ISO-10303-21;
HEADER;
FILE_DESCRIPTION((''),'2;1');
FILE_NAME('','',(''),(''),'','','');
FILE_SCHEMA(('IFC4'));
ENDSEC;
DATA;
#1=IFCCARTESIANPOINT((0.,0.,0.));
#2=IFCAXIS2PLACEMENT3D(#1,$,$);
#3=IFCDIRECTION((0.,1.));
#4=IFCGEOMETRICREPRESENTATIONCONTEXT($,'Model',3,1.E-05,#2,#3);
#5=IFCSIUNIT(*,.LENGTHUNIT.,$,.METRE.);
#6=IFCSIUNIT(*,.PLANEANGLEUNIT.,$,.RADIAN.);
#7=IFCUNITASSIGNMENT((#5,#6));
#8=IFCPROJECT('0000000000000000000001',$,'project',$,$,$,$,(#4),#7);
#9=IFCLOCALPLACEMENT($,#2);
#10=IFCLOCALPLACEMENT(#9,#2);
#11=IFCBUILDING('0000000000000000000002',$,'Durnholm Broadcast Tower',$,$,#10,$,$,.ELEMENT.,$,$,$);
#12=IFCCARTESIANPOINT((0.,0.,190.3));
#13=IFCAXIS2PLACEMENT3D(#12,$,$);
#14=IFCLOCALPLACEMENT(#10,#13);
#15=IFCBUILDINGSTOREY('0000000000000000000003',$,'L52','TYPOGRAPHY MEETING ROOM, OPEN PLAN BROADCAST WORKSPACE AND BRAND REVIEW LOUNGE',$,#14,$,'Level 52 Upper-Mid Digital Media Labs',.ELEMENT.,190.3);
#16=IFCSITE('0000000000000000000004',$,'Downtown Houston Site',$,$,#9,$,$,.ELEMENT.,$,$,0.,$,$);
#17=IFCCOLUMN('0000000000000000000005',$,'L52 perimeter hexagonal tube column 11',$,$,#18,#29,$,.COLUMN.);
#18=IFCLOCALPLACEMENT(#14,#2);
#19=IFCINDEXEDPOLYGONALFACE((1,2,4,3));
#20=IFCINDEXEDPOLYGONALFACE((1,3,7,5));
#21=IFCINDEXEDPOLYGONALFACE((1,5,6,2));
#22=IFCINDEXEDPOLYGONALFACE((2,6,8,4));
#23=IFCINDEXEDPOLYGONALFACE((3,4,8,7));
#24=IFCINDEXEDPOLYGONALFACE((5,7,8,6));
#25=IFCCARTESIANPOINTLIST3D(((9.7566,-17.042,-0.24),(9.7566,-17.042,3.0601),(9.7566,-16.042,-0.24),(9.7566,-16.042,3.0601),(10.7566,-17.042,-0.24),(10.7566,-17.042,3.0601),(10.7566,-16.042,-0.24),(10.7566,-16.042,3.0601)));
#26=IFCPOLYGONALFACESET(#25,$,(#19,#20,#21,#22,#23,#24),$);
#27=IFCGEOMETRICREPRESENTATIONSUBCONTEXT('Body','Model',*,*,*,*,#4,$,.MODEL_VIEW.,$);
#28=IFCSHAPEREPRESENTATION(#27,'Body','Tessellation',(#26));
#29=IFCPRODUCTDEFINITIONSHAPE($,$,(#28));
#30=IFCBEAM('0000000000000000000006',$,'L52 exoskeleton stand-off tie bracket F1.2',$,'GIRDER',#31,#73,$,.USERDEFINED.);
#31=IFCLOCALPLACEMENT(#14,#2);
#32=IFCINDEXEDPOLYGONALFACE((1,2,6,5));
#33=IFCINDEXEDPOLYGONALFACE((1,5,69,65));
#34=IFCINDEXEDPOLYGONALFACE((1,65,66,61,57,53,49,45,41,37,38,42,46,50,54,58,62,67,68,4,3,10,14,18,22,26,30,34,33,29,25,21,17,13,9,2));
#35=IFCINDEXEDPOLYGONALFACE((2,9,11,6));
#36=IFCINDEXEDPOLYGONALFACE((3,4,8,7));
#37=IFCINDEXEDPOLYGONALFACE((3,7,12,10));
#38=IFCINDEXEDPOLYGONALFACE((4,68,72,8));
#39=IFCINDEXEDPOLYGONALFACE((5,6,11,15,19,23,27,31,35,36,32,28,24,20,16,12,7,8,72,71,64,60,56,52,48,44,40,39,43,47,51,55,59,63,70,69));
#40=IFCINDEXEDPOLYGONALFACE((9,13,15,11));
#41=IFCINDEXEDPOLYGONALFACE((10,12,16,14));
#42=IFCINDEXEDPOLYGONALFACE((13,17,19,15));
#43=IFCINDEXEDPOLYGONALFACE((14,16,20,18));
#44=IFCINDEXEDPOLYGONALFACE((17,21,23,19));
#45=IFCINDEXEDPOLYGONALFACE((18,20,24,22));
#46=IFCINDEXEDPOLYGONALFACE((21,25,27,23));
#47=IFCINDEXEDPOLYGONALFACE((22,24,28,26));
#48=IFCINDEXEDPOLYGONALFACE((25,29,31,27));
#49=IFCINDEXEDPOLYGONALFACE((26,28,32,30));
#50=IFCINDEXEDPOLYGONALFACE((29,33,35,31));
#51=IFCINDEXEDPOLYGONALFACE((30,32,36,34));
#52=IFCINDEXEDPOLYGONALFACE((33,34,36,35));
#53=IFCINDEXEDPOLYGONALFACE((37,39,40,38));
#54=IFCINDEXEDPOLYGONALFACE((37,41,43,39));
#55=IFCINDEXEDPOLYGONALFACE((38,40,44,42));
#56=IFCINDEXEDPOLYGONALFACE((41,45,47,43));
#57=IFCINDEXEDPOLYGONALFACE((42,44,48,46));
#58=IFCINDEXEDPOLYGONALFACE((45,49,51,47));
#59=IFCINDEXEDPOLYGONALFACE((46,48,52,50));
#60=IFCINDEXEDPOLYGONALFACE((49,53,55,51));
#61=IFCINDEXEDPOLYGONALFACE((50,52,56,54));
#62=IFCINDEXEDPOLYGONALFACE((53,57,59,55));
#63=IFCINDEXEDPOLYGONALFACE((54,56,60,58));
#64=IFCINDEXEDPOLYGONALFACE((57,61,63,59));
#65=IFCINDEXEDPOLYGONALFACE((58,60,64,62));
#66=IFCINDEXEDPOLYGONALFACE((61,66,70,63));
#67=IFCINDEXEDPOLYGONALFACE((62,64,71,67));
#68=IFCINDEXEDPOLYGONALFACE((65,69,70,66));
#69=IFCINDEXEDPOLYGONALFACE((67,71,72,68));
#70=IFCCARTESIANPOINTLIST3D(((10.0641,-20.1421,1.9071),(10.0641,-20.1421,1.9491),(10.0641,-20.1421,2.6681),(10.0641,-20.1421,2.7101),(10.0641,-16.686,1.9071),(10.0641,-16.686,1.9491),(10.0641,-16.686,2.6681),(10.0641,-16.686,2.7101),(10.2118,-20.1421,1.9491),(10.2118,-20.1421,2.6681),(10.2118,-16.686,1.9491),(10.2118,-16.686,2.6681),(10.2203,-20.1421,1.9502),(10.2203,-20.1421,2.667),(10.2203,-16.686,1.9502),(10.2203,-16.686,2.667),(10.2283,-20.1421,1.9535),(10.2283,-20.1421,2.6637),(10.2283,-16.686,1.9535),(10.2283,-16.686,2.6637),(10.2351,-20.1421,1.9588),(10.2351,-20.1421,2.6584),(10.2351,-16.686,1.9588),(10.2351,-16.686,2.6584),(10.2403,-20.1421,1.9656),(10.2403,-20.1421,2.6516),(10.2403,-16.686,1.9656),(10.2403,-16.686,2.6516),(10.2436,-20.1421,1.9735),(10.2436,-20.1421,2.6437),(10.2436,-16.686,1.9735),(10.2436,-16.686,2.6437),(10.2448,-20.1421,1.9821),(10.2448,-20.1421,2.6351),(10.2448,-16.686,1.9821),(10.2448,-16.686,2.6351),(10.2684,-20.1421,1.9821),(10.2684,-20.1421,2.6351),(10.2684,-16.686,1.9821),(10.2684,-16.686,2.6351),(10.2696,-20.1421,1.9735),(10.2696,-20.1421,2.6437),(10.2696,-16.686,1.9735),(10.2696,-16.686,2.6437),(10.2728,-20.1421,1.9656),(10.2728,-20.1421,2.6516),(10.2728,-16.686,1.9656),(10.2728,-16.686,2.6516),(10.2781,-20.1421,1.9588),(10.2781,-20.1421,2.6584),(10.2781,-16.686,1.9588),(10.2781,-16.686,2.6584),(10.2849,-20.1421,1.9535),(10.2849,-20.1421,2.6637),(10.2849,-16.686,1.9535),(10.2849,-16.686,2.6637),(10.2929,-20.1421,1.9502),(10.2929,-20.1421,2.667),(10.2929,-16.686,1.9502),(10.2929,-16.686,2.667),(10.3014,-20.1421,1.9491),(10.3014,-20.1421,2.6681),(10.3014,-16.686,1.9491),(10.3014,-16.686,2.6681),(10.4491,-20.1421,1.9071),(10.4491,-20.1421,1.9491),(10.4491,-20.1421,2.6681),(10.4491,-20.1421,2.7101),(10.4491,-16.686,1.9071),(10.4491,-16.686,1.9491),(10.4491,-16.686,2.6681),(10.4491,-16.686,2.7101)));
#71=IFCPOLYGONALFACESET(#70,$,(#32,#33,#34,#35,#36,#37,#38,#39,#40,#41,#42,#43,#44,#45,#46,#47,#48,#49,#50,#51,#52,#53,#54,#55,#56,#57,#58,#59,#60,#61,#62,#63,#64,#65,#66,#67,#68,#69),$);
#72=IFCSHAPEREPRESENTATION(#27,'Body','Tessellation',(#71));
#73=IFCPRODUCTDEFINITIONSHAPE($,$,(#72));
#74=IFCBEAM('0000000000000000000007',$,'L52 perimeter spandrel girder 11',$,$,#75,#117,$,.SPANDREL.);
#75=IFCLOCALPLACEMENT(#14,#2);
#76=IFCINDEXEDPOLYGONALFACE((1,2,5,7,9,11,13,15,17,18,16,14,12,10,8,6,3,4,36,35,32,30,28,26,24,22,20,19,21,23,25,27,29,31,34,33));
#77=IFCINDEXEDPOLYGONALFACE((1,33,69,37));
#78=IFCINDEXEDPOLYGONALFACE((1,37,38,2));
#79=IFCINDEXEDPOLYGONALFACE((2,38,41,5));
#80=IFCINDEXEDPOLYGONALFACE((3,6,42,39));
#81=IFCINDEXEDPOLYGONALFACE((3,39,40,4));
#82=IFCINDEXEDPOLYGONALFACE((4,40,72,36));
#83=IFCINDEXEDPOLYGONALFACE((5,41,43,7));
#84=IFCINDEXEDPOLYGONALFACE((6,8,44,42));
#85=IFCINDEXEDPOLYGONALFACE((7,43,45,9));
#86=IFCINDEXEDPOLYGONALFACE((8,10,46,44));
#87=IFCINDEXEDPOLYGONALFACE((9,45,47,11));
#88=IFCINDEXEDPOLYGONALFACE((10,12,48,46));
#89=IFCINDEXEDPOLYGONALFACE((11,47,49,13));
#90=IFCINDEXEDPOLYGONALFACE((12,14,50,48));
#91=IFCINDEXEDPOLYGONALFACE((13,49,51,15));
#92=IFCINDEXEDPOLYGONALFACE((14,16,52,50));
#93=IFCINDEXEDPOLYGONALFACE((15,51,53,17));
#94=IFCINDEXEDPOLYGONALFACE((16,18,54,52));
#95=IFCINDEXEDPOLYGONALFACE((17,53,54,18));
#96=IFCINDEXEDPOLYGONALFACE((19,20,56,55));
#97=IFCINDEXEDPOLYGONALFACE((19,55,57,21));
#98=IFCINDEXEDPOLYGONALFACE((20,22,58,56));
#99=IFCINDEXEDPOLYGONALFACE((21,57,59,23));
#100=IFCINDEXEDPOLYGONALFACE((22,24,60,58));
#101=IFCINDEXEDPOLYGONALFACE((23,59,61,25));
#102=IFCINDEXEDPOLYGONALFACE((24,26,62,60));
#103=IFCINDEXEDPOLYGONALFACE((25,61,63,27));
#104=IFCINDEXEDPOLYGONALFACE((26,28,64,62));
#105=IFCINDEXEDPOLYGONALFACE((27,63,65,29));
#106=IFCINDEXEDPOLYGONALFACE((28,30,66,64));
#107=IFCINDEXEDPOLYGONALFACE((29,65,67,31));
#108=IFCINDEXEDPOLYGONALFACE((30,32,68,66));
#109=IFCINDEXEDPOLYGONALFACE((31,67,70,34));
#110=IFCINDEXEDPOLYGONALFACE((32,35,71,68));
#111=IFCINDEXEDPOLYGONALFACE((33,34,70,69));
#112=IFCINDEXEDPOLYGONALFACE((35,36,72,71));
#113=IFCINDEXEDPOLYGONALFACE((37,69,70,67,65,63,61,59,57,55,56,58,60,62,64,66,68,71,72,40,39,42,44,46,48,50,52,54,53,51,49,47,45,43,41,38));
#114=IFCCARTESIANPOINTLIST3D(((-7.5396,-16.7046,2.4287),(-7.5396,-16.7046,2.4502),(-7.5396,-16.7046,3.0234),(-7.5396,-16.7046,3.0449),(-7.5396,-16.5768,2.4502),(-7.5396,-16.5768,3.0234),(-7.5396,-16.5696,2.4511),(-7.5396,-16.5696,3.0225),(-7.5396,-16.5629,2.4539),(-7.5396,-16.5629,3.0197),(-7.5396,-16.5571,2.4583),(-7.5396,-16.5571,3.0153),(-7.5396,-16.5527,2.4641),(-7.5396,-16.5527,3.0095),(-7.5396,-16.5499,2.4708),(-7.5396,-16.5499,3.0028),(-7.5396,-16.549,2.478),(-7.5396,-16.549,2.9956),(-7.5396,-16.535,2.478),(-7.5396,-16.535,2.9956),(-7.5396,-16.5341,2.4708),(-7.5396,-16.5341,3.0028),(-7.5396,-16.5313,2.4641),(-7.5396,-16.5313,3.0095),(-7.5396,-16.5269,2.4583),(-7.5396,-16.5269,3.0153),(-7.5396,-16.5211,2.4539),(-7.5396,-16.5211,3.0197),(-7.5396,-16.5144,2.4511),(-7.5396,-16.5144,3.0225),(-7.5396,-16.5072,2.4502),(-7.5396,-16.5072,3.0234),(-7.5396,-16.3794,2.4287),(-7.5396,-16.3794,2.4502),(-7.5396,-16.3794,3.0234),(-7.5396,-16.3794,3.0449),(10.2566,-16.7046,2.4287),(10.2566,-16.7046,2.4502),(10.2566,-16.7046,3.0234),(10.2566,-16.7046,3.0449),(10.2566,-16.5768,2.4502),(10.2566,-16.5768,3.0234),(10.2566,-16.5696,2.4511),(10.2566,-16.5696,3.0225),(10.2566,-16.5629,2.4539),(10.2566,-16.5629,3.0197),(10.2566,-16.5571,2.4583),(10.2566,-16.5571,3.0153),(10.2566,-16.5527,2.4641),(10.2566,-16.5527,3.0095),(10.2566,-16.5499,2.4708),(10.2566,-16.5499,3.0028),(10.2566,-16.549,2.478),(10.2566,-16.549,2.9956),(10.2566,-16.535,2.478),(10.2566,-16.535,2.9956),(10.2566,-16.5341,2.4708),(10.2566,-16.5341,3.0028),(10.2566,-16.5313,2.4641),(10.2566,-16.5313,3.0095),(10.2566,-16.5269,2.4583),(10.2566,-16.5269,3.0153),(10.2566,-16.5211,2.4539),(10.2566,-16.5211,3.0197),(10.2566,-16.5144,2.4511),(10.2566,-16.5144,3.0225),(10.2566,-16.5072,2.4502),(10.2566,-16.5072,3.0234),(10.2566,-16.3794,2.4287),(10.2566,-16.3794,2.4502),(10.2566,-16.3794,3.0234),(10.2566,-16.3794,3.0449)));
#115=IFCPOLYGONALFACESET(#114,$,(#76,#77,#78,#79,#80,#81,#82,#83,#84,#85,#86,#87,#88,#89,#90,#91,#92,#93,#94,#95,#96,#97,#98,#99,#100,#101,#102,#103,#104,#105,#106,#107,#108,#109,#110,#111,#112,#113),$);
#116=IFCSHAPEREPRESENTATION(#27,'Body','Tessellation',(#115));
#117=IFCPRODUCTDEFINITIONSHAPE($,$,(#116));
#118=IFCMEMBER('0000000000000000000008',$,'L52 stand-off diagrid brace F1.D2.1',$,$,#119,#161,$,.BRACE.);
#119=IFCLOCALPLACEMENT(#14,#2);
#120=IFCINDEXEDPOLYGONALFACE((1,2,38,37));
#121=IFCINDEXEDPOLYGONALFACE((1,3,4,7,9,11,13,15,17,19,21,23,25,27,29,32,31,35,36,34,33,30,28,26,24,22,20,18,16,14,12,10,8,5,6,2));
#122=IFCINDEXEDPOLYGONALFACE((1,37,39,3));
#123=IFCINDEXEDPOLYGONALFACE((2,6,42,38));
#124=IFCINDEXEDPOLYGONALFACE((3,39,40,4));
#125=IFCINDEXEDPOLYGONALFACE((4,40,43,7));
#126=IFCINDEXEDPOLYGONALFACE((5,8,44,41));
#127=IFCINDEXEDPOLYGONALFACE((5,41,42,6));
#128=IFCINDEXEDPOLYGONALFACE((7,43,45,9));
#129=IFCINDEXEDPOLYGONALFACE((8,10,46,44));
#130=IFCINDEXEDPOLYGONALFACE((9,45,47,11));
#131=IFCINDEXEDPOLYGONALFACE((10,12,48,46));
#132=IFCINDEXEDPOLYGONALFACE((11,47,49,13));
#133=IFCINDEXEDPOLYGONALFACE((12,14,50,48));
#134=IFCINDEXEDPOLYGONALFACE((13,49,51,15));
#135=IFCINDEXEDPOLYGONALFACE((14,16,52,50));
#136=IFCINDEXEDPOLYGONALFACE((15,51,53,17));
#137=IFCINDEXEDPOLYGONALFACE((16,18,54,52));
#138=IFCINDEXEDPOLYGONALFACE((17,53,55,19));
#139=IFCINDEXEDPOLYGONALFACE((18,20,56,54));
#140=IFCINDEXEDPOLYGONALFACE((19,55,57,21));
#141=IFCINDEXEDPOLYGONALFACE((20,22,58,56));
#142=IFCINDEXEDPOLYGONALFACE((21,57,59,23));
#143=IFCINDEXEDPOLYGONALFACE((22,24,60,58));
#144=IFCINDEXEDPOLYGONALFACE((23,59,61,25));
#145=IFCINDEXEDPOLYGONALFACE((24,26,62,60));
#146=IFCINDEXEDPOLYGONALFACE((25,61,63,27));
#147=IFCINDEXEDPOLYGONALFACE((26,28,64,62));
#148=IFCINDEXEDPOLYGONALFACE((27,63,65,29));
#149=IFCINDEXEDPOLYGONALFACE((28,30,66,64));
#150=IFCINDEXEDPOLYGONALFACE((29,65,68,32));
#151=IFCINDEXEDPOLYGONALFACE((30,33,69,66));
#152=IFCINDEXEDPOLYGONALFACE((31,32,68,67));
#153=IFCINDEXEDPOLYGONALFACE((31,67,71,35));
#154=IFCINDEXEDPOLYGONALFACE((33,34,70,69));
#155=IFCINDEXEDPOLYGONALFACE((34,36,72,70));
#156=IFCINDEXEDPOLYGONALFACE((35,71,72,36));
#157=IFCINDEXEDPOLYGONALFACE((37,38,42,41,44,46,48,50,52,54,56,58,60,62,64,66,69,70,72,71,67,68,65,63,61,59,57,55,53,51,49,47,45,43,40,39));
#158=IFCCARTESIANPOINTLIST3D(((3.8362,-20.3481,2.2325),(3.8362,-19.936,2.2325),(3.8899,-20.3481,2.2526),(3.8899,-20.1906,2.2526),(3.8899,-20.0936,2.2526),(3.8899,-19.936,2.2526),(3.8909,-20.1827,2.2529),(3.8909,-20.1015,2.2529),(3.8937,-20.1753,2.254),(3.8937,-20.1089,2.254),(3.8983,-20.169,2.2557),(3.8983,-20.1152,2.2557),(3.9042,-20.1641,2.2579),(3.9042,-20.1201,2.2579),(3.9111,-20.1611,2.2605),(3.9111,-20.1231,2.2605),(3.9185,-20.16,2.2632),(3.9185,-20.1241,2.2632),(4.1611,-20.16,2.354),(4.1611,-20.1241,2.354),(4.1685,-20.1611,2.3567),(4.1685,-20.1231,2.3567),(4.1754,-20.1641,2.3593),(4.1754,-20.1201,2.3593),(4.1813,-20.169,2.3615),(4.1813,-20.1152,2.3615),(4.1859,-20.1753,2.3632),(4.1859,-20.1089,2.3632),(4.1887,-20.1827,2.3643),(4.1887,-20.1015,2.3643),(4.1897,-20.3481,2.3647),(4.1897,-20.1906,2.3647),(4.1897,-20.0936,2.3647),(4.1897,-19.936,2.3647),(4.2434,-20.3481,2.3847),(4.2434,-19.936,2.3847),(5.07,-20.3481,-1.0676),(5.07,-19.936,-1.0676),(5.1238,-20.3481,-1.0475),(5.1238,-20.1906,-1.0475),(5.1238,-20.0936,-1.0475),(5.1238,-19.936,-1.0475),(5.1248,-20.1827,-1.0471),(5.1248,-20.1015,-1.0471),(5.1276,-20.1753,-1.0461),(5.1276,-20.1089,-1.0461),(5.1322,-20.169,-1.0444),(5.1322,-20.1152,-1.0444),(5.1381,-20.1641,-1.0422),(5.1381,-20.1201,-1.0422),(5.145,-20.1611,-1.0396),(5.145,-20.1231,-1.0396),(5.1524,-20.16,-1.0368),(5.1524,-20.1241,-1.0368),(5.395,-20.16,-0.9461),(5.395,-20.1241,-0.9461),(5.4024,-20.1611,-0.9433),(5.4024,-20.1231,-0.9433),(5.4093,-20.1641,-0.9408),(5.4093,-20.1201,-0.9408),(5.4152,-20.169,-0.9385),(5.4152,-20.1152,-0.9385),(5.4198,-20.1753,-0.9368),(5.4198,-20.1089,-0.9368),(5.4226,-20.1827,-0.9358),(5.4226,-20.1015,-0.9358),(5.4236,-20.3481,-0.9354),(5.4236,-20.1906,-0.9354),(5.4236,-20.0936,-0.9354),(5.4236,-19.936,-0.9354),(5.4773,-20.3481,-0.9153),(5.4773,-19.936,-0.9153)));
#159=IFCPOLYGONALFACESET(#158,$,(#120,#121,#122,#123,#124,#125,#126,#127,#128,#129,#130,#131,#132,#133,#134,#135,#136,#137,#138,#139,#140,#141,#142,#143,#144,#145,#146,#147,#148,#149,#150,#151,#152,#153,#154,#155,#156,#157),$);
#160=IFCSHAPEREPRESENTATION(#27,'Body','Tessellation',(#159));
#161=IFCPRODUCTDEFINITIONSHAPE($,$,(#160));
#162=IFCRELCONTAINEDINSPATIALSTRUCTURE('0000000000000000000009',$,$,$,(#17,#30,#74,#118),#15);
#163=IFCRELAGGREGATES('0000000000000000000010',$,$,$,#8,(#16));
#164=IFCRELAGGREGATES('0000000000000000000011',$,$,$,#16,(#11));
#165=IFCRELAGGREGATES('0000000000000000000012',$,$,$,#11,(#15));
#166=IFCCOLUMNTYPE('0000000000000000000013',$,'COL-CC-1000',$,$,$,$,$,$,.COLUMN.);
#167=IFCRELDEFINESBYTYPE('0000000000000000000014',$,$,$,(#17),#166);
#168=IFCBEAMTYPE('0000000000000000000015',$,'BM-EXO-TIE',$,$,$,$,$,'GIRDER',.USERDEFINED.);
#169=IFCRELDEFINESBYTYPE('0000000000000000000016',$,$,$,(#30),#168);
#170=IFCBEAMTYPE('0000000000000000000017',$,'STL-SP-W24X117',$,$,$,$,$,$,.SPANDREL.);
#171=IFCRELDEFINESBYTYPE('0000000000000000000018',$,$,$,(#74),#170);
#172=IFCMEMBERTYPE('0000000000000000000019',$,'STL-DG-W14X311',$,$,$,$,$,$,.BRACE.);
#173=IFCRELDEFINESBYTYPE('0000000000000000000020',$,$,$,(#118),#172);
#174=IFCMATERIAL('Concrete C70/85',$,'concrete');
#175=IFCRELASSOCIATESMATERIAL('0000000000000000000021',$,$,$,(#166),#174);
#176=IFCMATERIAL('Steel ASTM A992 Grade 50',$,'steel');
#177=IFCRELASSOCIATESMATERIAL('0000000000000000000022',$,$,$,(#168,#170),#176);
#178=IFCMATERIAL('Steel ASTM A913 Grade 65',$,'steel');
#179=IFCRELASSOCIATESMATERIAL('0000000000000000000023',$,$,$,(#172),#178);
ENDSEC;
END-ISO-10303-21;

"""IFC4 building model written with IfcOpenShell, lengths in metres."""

from ifc_helpers import new_model, si_unit, direction, frame, origin, origin_2d, place, context, subcontext, project, spatial, rectangle, i_section, extrude, source, transform, mapped, material, material_profile, profile_set, type_object, type_shapes, element, save


model = new_model("IFC4")

# Units and contexts
model_context = context("Model", 3, precision=1e-05, world=origin(), true_north=direction((0.0, 1.0)))
body_context = subcontext(model_context, "Body", "Model", "MODEL_VIEW")
ifc_project = project(units=[si_unit("LENGTHUNIT", "METRE"), si_unit("PLANEANGLEUNIT", "RADIAN")], contexts=[model_context])

# Site, building, storey
site_placement = place(None, origin())
site = spatial("IfcSite", under=ifc_project, at=site_placement, Name="Downtown Houston Site", CompositionType="ELEMENT", RefElevation=0.0)
building_placement = place(site_placement, origin())
building = spatial("IfcBuilding", under=site, at=building_placement, Name="Durnholm Broadcast Tower", CompositionType="ELEMENT")
storey_placement = place(building_placement, frame((0.0, 0.0, 190.3)))
storey = spatial("IfcBuildingStorey", under=building, at=storey_placement, Name="L52", Description="TYPOGRAPHY MEETING ROOM, OPEN PLAN BROADCAST WORKSPACE AND BRAND REVIEW LOUNGE", LongName="Level 52 Upper-Mid Digital Media Labs", CompositionType="ELEMENT", Elevation=190.3)

# Column
ifc_material_1 = material(Name="Concrete C70/85", Category="concrete")
ifc_material_profile_1 = material_profile(ifc_material_1, rectangle(XDim=1.0, YDim=1.0, at=origin_2d()), Name="RC1000X1000")
ifc_profile_set_1 = profile_set([ifc_material_profile_1], Name="Concrete C70/85")
column_type = type_object("IfcColumnType", Name="COL-CC-1000", PredefinedType="COLUMN", material=ifc_profile_set_1)
shared_shape_1 = source(origin(), body_context, "Body", "SweptSolid", [
    extrude(rectangle(XDim=1.0, YDim=1.0, at=origin_2d()), origin(), (0.0, 0.0, 1.0), 3.3),
])
type_shapes(column_type, [shared_shape_1])
column_placement = place(storey_placement, frame((10.2566, -16.542, -0.24), z_axis=(0.0, 0.0, 1.0), x_axis=(1.0, 0.0, 0.0)))
element("IfcColumn", 1, at=column_placement, inside=storey, type_object=column_type, Name="L52 perimeter hexagonal tube column 11", PredefinedType="COLUMN", context=body_context, shape_type="MappedRepresentation", body=[
    mapped(shared_shape_1, transform((0.0, 0.0, 0.0), x_axis=(1.0, 0.0, 0.0), y_axis=(0.0, 1.0, 0.0), z_axis=(0.0, 0.0, 1.0), scale=1.0)),
])

# Beams
ifc_material_2 = material(Name="Steel ASTM A992 Grade 50", Category="steel")
ifc_material_profile_2 = material_profile(ifc_material_2, i_section(OverallWidth=0.385, OverallDepth=0.803, WebThickness=0.0237, FlangeThickness=0.042, FilletRadius=0.033, at=origin_2d()), Name="W30X261")
ifc_profile_set_2 = profile_set([ifc_material_profile_2], Name="Steel ASTM A992 Grade 50")
beam_type_1 = type_object("IfcBeamType", Name="BM-EXO-TIE", ElementType="GIRDER", PredefinedType="USERDEFINED", material=ifc_profile_set_2)
shared_shape_2 = source(origin(), body_context, "Body", "SweptSolid", [
    extrude(i_section(OverallWidth=0.385, OverallDepth=0.803, WebThickness=0.0237, FlangeThickness=0.042, FilletRadius=0.033, at=origin_2d()), origin(), (0.0, 0.0, 1.0), 3.4561),
])
type_shapes(beam_type_1, [shared_shape_2])
beam_1_placement = place(storey_placement, frame((10.2566, -16.686, 2.3086), z_axis=(0.0, -1.0, 0.0), x_axis=(1.0, 0.0, 0.0)))
element("IfcBeam", 2, at=beam_1_placement, inside=storey, type_object=beam_type_1, Name="L52 exoskeleton stand-off tie bracket F1.2", ObjectType="GIRDER", PredefinedType="USERDEFINED", context=body_context, shape_type="MappedRepresentation", body=[
    mapped(shared_shape_2, transform((0.0, 0.0, 0.0), x_axis=(1.0, 0.0, 0.0), y_axis=(0.0, 1.0, 0.0), z_axis=(0.0, 0.0, 1.0), scale=1.0)),
])
ifc_material_profile_3 = material_profile(ifc_material_2, i_section(OverallWidth=0.3252, OverallDepth=0.6162, WebThickness=0.0139, FlangeThickness=0.0215, FilletRadius=0.0278, at=origin_2d()), Name="W24X117")
ifc_profile_set_3 = profile_set([ifc_material_profile_3], Name="Steel ASTM A992 Grade 50")
beam_type_2 = type_object("IfcBeamType", Name="STL-SP-W24X117", PredefinedType="SPANDREL", material=ifc_profile_set_3)
shared_shape_3 = source(origin(), body_context, "Body", "SweptSolid", [
    extrude(i_section(OverallWidth=0.3252, OverallDepth=0.6162, WebThickness=0.0139, FlangeThickness=0.0215, FilletRadius=0.0278, at=origin_2d()), origin(), (0.0, 0.0, 1.0), 17.7961),
])
type_shapes(beam_type_2, [shared_shape_3])
beam_2_placement = place(storey_placement, frame((10.2566, -16.542, 2.7368), z_axis=(-1.0, 0.0, 0.0), x_axis=(0.0, -1.0, 0.0)))
element("IfcBeam", 3, at=beam_2_placement, inside=storey, type_object=beam_type_2, Name="L52 perimeter spandrel girder 11", PredefinedType="SPANDREL", context=body_context, shape_type="MappedRepresentation", body=[
    mapped(shared_shape_3, transform((0.0, 0.0, 0.0), x_axis=(1.0, 0.0, 0.0), y_axis=(0.0, 1.0, 0.0), z_axis=(0.0, 0.0, 1.0), scale=1.0)),
])

# Member
ifc_material_3 = material(Name="Steel ASTM A913 Grade 65", Category="steel")
ifc_material_profile_4 = material_profile(ifc_material_3, i_section(OverallWidth=0.4121, OverallDepth=0.4348, WebThickness=0.0359, FlangeThickness=0.0574, FilletRadius=0.0305, at=origin_2d()), Name="W14X311")
ifc_profile_set_4 = profile_set([ifc_material_profile_4], Name="Steel ASTM A913 Grade 65")
member_type_1 = type_object("IfcMemberType", Name="STL-DG-W14X311", PredefinedType="BRACE", material=ifc_profile_set_4)
shared_shape_4 = source(origin(), body_context, "Body", "SweptSolid", [
    extrude(i_section(OverallWidth=0.4121, OverallDepth=0.4348, WebThickness=0.0359, FlangeThickness=0.0574, FilletRadius=0.0305, at=origin_2d()), origin(), (0.0, 0.0, 1.0), 3.5232),
])
type_shapes(member_type_1, [shared_shape_4])
for number, where, z_axis, x_axis, name in (
    (4, (5.2737, -20.1421, -0.9915), (-0.35022, 0.0, 0.936668), (0.0, -1.0, 0.0), "L52 stand-off diagrid brace F1.D2.1"),
):
    element("IfcMember", number, at=place(storey_placement, frame(where, z_axis=z_axis, x_axis=x_axis)), inside=storey, type_object=member_type_1, Name=name, PredefinedType="BRACE", context=body_context, shape_type="MappedRepresentation", body=[
        mapped(shared_shape_4, transform((0.0, 0.0, 0.0), x_axis=(1.0, 0.0, 0.0), y_axis=(0.0, 1.0, 0.0), z_axis=(0.0, 0.0, 1.0), scale=1.0)),
    ])

save(model, "model.ifc")
